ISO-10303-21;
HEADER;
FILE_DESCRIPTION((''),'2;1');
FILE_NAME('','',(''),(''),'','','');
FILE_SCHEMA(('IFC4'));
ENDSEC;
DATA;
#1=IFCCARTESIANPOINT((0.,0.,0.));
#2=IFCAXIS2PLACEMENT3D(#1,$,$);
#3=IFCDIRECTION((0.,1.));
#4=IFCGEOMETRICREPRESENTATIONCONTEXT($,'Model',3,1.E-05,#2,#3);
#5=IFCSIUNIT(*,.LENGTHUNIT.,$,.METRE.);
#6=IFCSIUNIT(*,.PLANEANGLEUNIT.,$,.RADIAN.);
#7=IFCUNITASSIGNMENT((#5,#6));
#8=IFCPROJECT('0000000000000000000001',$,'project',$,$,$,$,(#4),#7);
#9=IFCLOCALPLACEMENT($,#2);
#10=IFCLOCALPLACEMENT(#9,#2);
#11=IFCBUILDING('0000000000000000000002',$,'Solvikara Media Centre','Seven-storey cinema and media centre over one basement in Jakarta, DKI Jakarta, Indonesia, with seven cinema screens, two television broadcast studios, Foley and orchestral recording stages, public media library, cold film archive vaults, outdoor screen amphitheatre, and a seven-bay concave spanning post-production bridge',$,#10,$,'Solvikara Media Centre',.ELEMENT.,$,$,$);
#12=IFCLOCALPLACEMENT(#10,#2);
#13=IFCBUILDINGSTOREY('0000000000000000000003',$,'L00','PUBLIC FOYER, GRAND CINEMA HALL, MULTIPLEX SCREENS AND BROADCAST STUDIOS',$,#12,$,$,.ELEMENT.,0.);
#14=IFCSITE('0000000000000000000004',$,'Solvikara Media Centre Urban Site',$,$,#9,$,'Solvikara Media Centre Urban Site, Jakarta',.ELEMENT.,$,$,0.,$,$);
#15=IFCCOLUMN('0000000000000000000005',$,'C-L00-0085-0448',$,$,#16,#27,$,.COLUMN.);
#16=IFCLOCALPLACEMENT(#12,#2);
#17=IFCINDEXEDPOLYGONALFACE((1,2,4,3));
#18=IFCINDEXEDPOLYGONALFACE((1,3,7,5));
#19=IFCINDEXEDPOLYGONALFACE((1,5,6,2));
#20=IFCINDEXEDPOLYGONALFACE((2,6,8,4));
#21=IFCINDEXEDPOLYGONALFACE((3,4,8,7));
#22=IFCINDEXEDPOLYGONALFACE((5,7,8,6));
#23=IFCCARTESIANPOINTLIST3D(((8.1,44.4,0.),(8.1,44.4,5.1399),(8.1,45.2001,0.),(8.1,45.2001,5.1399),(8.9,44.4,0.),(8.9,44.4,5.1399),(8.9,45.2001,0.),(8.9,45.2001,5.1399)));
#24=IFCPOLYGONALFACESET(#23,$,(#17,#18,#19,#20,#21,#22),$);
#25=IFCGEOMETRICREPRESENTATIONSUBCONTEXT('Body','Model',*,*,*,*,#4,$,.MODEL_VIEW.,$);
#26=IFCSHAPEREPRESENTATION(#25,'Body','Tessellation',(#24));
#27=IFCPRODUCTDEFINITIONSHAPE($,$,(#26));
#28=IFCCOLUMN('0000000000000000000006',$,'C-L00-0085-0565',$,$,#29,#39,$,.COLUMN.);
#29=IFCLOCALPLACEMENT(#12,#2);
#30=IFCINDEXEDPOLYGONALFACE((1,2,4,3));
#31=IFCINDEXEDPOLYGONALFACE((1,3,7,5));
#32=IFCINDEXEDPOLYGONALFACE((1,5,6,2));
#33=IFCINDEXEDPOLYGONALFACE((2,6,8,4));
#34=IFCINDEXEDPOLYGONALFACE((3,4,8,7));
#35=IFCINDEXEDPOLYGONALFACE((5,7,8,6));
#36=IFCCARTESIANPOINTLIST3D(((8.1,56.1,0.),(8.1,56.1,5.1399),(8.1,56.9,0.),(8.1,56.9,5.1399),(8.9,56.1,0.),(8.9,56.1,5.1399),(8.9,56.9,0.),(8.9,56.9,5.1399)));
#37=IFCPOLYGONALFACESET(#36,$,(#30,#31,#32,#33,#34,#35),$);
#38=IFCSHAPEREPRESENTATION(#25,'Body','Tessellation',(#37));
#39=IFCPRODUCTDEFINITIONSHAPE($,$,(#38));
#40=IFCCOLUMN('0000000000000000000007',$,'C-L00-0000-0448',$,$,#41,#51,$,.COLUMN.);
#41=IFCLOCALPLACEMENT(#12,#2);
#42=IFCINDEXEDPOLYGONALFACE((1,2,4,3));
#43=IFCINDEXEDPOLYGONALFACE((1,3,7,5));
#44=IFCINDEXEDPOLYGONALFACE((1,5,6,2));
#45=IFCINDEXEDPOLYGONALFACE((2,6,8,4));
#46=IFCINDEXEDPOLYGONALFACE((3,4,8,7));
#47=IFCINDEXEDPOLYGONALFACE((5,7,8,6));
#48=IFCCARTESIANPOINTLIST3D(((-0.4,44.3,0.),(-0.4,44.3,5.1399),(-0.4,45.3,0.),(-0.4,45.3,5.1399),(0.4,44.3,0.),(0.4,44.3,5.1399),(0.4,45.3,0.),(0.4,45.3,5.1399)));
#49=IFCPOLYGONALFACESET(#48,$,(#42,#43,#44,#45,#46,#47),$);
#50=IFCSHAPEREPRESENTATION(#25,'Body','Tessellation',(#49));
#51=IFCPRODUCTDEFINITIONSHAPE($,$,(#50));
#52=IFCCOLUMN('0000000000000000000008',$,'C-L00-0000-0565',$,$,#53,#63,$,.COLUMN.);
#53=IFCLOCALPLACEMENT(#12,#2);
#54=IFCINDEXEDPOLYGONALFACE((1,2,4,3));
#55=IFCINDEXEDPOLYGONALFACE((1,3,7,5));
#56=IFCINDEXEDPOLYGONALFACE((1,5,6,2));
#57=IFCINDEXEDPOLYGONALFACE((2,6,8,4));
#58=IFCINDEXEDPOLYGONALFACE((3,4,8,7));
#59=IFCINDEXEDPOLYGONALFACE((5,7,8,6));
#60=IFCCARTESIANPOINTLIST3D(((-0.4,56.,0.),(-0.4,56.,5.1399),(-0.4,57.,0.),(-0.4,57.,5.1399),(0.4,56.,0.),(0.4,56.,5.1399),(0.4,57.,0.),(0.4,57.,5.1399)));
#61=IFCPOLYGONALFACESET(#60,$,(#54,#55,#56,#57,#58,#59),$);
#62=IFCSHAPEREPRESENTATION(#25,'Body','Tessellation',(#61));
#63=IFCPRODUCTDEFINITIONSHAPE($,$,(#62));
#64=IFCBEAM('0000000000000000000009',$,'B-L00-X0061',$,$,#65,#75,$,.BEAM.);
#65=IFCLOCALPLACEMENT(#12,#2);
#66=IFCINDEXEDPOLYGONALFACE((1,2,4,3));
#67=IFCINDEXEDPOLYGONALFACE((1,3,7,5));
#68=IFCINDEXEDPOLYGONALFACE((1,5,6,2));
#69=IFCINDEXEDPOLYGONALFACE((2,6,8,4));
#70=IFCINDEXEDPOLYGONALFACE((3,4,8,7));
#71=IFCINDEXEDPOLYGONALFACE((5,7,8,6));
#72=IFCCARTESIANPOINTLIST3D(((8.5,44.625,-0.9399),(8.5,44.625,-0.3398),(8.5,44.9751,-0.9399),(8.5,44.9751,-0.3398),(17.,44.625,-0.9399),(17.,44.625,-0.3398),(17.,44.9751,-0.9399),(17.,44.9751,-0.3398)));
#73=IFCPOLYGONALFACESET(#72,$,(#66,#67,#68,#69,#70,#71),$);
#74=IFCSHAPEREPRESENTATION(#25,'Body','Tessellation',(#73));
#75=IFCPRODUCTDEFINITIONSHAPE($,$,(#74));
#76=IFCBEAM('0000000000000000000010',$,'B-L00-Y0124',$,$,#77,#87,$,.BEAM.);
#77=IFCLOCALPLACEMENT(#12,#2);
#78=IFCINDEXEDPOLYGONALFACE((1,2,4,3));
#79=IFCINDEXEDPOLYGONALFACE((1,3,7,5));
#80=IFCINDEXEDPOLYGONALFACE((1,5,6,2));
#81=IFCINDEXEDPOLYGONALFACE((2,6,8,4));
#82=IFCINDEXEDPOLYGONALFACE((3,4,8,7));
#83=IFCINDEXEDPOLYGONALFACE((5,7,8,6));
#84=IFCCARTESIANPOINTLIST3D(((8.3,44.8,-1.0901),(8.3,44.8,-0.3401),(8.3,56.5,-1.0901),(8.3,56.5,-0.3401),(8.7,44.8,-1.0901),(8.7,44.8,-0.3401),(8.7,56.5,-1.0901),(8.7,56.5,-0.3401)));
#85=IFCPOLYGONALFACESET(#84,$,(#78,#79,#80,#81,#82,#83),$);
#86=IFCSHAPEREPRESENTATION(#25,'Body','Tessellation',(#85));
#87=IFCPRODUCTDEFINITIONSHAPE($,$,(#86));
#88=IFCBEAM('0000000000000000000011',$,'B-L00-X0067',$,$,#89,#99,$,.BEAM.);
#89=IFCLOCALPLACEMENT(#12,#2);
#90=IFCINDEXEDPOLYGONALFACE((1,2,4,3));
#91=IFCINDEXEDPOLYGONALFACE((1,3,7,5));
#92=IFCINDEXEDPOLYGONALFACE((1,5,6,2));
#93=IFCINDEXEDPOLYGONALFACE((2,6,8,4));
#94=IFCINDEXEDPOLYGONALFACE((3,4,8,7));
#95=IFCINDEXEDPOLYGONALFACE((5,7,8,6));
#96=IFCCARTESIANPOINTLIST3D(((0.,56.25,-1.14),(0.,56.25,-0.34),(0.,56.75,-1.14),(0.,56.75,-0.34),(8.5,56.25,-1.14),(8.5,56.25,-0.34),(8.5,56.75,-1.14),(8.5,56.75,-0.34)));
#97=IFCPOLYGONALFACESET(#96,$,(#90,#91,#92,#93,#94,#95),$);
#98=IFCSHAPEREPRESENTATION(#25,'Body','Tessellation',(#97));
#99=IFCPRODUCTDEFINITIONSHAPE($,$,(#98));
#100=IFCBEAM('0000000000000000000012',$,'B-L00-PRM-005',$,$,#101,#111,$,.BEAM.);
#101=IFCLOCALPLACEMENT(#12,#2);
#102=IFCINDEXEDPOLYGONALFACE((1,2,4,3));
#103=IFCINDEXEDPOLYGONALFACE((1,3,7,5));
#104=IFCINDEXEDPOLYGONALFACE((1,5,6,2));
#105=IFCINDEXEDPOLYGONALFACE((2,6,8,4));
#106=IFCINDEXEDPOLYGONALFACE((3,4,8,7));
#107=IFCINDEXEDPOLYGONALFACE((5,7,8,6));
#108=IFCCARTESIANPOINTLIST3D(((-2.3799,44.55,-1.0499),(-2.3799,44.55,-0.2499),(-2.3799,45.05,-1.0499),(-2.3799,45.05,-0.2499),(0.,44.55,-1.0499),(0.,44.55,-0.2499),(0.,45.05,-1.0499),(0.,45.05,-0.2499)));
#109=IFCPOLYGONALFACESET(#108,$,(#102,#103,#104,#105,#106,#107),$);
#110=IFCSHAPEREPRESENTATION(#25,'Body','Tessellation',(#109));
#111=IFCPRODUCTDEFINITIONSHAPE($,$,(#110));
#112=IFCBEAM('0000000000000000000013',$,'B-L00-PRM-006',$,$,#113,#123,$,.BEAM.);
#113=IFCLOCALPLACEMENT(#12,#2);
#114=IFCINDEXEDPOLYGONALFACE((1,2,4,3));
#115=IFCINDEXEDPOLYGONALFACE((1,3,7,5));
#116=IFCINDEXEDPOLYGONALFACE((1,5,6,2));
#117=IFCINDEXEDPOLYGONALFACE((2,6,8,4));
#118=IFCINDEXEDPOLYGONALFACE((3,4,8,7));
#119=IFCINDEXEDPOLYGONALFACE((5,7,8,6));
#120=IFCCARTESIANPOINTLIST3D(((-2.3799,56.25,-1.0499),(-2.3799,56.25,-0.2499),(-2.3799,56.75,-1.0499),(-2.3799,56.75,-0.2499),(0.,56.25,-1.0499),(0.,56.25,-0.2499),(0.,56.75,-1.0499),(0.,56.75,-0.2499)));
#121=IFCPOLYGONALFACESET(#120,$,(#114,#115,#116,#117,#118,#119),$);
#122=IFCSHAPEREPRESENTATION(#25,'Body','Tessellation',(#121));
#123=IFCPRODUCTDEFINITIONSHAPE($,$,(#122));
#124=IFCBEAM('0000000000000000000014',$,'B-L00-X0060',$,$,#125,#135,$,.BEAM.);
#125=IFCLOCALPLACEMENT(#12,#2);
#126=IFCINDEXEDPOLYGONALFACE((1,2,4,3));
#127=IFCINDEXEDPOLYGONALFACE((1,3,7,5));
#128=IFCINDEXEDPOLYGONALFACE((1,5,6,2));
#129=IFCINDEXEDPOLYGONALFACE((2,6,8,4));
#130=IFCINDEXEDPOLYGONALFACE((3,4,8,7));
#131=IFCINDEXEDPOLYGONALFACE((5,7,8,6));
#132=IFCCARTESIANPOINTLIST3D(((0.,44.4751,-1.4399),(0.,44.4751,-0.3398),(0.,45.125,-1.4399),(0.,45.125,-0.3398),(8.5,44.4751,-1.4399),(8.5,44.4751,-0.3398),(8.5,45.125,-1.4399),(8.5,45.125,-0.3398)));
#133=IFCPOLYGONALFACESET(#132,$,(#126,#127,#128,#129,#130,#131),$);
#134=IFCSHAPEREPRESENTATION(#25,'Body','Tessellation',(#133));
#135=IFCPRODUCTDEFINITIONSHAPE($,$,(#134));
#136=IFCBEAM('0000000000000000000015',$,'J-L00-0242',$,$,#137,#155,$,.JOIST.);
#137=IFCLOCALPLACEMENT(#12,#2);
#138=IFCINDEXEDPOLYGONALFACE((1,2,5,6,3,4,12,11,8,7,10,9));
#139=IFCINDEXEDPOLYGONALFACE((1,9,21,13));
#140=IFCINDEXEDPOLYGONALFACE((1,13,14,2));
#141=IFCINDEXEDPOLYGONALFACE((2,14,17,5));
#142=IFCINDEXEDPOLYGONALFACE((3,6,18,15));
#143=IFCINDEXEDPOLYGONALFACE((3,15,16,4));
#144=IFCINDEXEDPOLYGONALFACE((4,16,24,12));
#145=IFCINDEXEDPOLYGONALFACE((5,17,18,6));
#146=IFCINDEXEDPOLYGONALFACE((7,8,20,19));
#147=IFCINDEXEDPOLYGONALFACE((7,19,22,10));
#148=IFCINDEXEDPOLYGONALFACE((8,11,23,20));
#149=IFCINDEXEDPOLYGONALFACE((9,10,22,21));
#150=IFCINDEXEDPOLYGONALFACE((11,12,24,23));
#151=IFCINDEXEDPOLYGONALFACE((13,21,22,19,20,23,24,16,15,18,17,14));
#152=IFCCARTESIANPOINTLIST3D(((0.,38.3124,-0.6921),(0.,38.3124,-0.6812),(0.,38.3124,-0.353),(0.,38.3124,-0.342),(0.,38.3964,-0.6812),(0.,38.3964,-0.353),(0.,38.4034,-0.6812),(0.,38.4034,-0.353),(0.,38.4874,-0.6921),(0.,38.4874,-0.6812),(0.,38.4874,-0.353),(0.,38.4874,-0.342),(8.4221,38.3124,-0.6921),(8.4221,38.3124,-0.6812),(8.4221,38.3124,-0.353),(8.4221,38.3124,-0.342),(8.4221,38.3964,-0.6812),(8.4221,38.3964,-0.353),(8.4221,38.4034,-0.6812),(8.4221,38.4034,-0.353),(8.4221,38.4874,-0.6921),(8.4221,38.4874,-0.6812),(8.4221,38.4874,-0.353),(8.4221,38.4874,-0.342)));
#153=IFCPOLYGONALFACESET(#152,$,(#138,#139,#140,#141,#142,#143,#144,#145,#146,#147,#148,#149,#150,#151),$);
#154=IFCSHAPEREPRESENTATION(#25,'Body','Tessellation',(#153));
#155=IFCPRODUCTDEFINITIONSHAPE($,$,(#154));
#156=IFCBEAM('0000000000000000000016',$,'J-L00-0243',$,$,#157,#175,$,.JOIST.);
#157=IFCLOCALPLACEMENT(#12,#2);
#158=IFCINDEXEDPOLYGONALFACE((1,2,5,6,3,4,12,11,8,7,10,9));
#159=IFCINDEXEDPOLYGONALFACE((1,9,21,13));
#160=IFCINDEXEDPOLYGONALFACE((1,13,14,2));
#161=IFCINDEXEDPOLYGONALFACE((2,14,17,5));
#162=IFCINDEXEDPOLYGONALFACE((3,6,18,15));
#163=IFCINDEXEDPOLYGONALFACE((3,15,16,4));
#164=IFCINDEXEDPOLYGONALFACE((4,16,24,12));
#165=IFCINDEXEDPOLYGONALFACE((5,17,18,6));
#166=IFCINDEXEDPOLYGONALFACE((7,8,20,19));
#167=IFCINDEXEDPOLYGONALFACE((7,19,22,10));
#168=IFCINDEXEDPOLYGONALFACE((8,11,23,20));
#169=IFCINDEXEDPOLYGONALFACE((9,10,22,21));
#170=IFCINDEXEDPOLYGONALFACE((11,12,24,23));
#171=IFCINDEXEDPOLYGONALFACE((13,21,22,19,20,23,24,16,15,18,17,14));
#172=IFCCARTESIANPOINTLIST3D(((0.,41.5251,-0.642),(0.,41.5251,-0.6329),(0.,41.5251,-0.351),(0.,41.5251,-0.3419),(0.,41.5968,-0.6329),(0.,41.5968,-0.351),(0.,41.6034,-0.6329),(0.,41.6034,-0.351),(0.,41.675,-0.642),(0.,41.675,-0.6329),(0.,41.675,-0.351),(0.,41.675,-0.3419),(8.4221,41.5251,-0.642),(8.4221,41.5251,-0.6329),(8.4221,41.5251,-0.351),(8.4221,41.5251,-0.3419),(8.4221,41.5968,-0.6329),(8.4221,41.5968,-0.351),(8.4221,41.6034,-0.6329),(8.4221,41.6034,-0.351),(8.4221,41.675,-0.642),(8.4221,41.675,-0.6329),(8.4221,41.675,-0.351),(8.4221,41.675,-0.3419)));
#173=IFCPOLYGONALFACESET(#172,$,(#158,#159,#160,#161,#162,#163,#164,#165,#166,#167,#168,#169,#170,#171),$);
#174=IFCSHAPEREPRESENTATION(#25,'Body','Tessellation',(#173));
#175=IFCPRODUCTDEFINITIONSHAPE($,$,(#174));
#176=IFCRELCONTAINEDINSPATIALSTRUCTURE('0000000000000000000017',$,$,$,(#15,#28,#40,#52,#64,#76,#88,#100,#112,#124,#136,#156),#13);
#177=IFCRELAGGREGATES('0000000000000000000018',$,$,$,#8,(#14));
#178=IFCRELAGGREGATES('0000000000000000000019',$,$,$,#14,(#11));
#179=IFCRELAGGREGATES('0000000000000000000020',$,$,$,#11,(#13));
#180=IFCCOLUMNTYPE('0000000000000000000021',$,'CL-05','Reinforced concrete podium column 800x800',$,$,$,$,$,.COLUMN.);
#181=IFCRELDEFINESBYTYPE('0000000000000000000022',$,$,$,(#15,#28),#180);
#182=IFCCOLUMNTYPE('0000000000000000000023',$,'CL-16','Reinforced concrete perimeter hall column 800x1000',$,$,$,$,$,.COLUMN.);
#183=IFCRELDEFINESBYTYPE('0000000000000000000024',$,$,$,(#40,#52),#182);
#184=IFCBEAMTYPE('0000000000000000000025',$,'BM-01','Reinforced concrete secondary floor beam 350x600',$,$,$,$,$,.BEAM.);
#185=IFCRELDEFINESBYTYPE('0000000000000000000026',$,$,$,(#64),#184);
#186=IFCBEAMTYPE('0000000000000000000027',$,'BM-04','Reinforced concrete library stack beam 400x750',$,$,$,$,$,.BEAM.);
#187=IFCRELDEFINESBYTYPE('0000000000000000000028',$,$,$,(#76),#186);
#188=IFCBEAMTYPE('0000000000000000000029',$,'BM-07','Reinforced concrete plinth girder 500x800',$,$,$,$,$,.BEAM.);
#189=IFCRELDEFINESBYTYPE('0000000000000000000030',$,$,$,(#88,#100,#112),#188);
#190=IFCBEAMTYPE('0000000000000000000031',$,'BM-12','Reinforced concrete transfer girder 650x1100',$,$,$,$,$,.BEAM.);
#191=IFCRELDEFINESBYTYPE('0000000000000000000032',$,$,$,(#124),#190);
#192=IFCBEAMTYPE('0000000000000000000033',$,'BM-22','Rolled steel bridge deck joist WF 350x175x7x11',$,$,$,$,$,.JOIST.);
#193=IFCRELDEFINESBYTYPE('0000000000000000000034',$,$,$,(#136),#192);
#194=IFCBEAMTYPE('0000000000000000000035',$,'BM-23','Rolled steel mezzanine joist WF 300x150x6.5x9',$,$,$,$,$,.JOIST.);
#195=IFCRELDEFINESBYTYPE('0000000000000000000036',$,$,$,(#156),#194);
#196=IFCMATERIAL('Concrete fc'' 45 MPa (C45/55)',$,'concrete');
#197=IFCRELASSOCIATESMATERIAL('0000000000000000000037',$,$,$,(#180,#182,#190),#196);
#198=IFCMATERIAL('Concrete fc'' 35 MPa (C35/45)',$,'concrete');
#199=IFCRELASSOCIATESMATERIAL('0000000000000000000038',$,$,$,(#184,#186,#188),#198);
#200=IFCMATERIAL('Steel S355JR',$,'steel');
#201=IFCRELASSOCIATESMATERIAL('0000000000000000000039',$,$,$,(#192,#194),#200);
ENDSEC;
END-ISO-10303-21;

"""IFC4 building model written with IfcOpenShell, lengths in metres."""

from ifc_helpers import new_model, si_unit, direction, frame, origin, origin_2d, place, context, subcontext, project, spatial, rectangle, i_section, extrude, material, material_profile, profile_set, type_object, element, save


model = new_model("IFC4")

# Units and contexts
model_context = context("Model", 3, precision=1e-05, world=origin(), true_north=direction((0.0, 1.0)))
body_context = subcontext(model_context, "Body", "Model", "MODEL_VIEW")
ifc_project = project(units=[si_unit("LENGTHUNIT", "METRE"), si_unit("PLANEANGLEUNIT", "RADIAN")], contexts=[model_context])

# Site, building, storey
site_placement = place(None, origin())
site = spatial("IfcSite", under=ifc_project, at=site_placement, Name="Solvikara Media Centre Urban Site", LongName="Solvikara Media Centre Urban Site, Jakarta", CompositionType="ELEMENT", RefElevation=0.0)
building_placement = place(site_placement, origin())
building = spatial("IfcBuilding", under=site, at=building_placement, Name="Solvikara Media Centre", Description="Seven-storey cinema and media centre over one basement in Jakarta, DKI Jakarta, Indonesia, with seven cinema screens, two television broadcast studios, Foley and orchestral recording stages, public media library, cold film archive vaults, outdoor screen amphitheatre, and a seven-bay concave spanning post-production bridge", LongName="Solvikara Media Centre", CompositionType="ELEMENT")
storey_placement = place(building_placement, origin())
storey = spatial("IfcBuildingStorey", under=building, at=storey_placement, Name="L00", Description="PUBLIC FOYER, GRAND CINEMA HALL, MULTIPLEX SCREENS AND BROADCAST STUDIOS", CompositionType="ELEMENT", Elevation=0.0)

# Columns
ifc_material_1 = material(Name="Concrete fc' 45 MPa (C45/55)", Category="concrete")
ifc_material_profile_1 = material_profile(ifc_material_1, rectangle(XDim=0.8, YDim=0.8, at=origin_2d()), Name="RC 800x800")
ifc_profile_set_1 = profile_set([ifc_material_profile_1], Name="Concrete fc' 45 MPa (C45/55)")
column_type_1 = type_object("IfcColumnType", Name="CL-05", Description="Reinforced concrete podium column 800x800", PredefinedType="COLUMN", material=ifc_profile_set_1)
for number, where, z_axis, x_axis, name in (
    (1, (8.5, 44.8, 0.0), (0.0, 0.0, 1.0), (1.0, 0.0, 0.0), "C-L00-0085-0448"),
    (2, (8.5, 56.5, 0.0), (0.0, 0.0, 1.0), (1.0, 0.0, 0.0), "C-L00-0085-0565"),
):
    element("IfcColumn", number, at=place(storey_placement, frame(where, z_axis=z_axis, x_axis=x_axis)), inside=storey, type_object=column_type_1, Name=name, PredefinedType="COLUMN", context=body_context, shape_type="SweptSolid", body=[
        extrude(rectangle(XDim=0.8, YDim=0.8, at=origin_2d()), origin(), (0.0, 0.0, 1.0), 5.1399),
    ])
ifc_material_profile_2 = material_profile(ifc_material_1, rectangle(XDim=0.8, YDim=1.0, at=origin_2d()), Name="RC 800x1000")
ifc_profile_set_2 = profile_set([ifc_material_profile_2], Name="Concrete fc' 45 MPa (C45/55)")
column_type_2 = type_object("IfcColumnType", Name="CL-16", Description="Reinforced concrete perimeter hall column 800x1000", PredefinedType="COLUMN", material=ifc_profile_set_2)
for number, where, z_axis, x_axis, name in (
    (3, (0.0, 44.8, 0.0), (0.0, 0.0, 1.0), (1.0, 0.0, 0.0), "C-L00-0000-0448"),
    (4, (0.0, 56.5, 0.0), (0.0, 0.0, 1.0), (1.0, 0.0, 0.0), "C-L00-0000-0565"),
):
    element("IfcColumn", number, at=place(storey_placement, frame(where, z_axis=z_axis, x_axis=x_axis)), inside=storey, type_object=column_type_2, Name=name, PredefinedType="COLUMN", context=body_context, shape_type="SweptSolid", body=[
        extrude(rectangle(XDim=0.8, YDim=1.0, at=origin_2d()), origin(), (0.0, 0.0, 1.0), 5.1399),
    ])

# Beams
ifc_material_2 = material(Name="Concrete fc' 35 MPa (C35/45)", Category="concrete")
ifc_material_profile_3 = material_profile(ifc_material_2, rectangle(XDim=0.3501, YDim=0.6001, at=origin_2d()), Name="RC 350x600")
ifc_profile_set_3 = profile_set([ifc_material_profile_3], Name="Concrete fc' 35 MPa (C35/45)")
beam_type_1 = type_object("IfcBeamType", Name="BM-01", Description="Reinforced concrete secondary floor beam 350x600", PredefinedType="BEAM", material=ifc_profile_set_3)
beam_1_placement = place(storey_placement, frame((8.5, 44.8, -0.6399), z_axis=(1.0, 0.0, 0.0), x_axis=(0.0, 1.0, 0.0)))
element("IfcBeam", 5, at=beam_1_placement, inside=storey, type_object=beam_type_1, Name="B-L00-X0061", PredefinedType="BEAM", context=body_context, shape_type="SweptSolid", body=[
    extrude(rectangle(XDim=0.3501, YDim=0.6001, at=origin_2d()), origin(), (0.0, 0.0, 1.0), 8.5),
])
ifc_material_profile_4 = material_profile(ifc_material_2, rectangle(XDim=0.3999, YDim=0.75, at=origin_2d()), Name="RC 400x750")
ifc_profile_set_4 = profile_set([ifc_material_profile_4], Name="Concrete fc' 35 MPa (C35/45)")
beam_type_2 = type_object("IfcBeamType", Name="BM-04", Description="Reinforced concrete library stack beam 400x750", PredefinedType="BEAM", material=ifc_profile_set_4)
beam_2_placement = place(storey_placement, frame((8.5, 44.8, -0.7151), z_axis=(0.0, 1.0, 0.0), x_axis=(-1.0, 0.0, 0.0)))
element("IfcBeam", 6, at=beam_2_placement, inside=storey, type_object=beam_type_2, Name="B-L00-Y0124", PredefinedType="BEAM", context=body_context, shape_type="SweptSolid", body=[
    extrude(rectangle(XDim=0.3999, YDim=0.75, at=origin_2d()), origin(), (0.0, 0.0, 1.0), 11.7),
])
ifc_material_profile_5 = material_profile(ifc_material_2, rectangle(XDim=0.5, YDim=0.8, at=origin_2d()), Name="RC 500x800")
ifc_profile_set_5 = profile_set([ifc_material_profile_5], Name="Concrete fc' 35 MPa (C35/45)")
beam_type_3 = type_object("IfcBeamType", Name="BM-07", Description="Reinforced concrete plinth girder 500x800", PredefinedType="BEAM", material=ifc_profile_set_5)
beam_3_placement = place(storey_placement, frame((0.0, 56.5, -0.74), z_axis=(1.0, 0.0, 0.0), x_axis=(0.0, 1.0, 0.0)))
element("IfcBeam", 7, at=beam_3_placement, inside=storey, type_object=beam_type_3, Name="B-L00-X0067", PredefinedType="BEAM", context=body_context, shape_type="SweptSolid", body=[
    extrude(rectangle(XDim=0.5, YDim=0.8, at=origin_2d()), origin(), (0.0, 0.0, 1.0), 8.5),
])
for number, where, z_axis, x_axis, name in (
    (8, (-2.3799, 44.8, -0.6499), (1.0, 0.0, 0.0), (0.0, 1.0, 0.0), "B-L00-PRM-005"),
    (9, (-2.3799, 56.5, -0.6499), (1.0, 0.0, 0.0), (0.0, 1.0, 0.0), "B-L00-PRM-006"),
):
    element("IfcBeam", number, at=place(storey_placement, frame(where, z_axis=z_axis, x_axis=x_axis)), inside=storey, type_object=beam_type_3, Name=name, PredefinedType="BEAM", context=body_context, shape_type="SweptSolid", body=[
        extrude(rectangle(XDim=0.5, YDim=0.8, at=origin_2d()), origin(), (0.0, 0.0, 1.0), 2.3799),
    ])
ifc_material_profile_6 = material_profile(ifc_material_1, rectangle(XDim=0.6499, YDim=1.1001, at=origin_2d()), Name="RC 650x1100")
ifc_profile_set_6 = profile_set([ifc_material_profile_6], Name="Concrete fc' 45 MPa (C45/55)")
beam_type_4 = type_object("IfcBeamType", Name="BM-12", Description="Reinforced concrete transfer girder 650x1100", PredefinedType="BEAM", material=ifc_profile_set_6)
beam_4_placement = place(storey_placement, frame((0.0, 44.8, -0.8899), z_axis=(1.0, 0.0, 0.0), x_axis=(0.0, 1.0, 0.0)))
element("IfcBeam", 10, at=beam_4_placement, inside=storey, type_object=beam_type_4, Name="B-L00-X0060", PredefinedType="BEAM", context=body_context, shape_type="SweptSolid", body=[
    extrude(rectangle(XDim=0.6499, YDim=1.1001, at=origin_2d()), origin(), (0.0, 0.0, 1.0), 8.5),
])
ifc_material_3 = material(Name="Steel S355JR", Category="steel")
ifc_material_profile_7 = material_profile(ifc_material_3, i_section(OverallWidth=0.175, OverallDepth=0.3501, WebThickness=0.0071, FlangeThickness=0.011, at=origin_2d()), Name="WF 350x175x7x11")
ifc_profile_set_7 = profile_set([ifc_material_profile_7], Name="Steel S355JR")
beam_type_5 = type_object("IfcBeamType", Name="BM-22", Description="Rolled steel bridge deck joist WF 350x175x7x11", PredefinedType="JOIST", material=ifc_profile_set_7)
beam_5_placement = place(storey_placement, frame((0.0, 38.3999, -0.5171), z_axis=(1.0, 0.0, 0.0), x_axis=(0.0, 1.0, 0.0)))
element("IfcBeam", 11, at=beam_5_placement, inside=storey, type_object=beam_type_5, Name="J-L00-0242", PredefinedType="JOIST", context=body_context, shape_type="SweptSolid", body=[
    extrude(i_section(OverallWidth=0.175, OverallDepth=0.3501, WebThickness=0.0071, FlangeThickness=0.011, at=origin_2d()), origin(), (0.0, 0.0, 1.0), 8.4221),
])
ifc_material_profile_8 = material_profile(ifc_material_3, i_section(OverallWidth=0.1499, OverallDepth=0.3, WebThickness=0.0066, FlangeThickness=0.009, at=origin_2d()), Name="WF 300x150x6.5x9")
ifc_profile_set_8 = profile_set([ifc_material_profile_8], Name="Steel S355JR")
beam_type_6 = type_object("IfcBeamType", Name="BM-23", Description="Rolled steel mezzanine joist WF 300x150x6.5x9", PredefinedType="JOIST", material=ifc_profile_set_8)
beam_6_placement = place(storey_placement, frame((0.0, 41.6001, -0.4919), z_axis=(1.0, 0.0, 0.0), x_axis=(0.0, 1.0, 0.0)))
element("IfcBeam", 12, at=beam_6_placement, inside=storey, type_object=beam_type_6, Name="J-L00-0243", PredefinedType="JOIST", context=body_context, shape_type="SweptSolid", body=[
    extrude(i_section(OverallWidth=0.1499, OverallDepth=0.3, WebThickness=0.0066, FlangeThickness=0.009, at=origin_2d()), origin(), (0.0, 0.0, 1.0), 8.4221),
])

save(model, "model.ifc")
